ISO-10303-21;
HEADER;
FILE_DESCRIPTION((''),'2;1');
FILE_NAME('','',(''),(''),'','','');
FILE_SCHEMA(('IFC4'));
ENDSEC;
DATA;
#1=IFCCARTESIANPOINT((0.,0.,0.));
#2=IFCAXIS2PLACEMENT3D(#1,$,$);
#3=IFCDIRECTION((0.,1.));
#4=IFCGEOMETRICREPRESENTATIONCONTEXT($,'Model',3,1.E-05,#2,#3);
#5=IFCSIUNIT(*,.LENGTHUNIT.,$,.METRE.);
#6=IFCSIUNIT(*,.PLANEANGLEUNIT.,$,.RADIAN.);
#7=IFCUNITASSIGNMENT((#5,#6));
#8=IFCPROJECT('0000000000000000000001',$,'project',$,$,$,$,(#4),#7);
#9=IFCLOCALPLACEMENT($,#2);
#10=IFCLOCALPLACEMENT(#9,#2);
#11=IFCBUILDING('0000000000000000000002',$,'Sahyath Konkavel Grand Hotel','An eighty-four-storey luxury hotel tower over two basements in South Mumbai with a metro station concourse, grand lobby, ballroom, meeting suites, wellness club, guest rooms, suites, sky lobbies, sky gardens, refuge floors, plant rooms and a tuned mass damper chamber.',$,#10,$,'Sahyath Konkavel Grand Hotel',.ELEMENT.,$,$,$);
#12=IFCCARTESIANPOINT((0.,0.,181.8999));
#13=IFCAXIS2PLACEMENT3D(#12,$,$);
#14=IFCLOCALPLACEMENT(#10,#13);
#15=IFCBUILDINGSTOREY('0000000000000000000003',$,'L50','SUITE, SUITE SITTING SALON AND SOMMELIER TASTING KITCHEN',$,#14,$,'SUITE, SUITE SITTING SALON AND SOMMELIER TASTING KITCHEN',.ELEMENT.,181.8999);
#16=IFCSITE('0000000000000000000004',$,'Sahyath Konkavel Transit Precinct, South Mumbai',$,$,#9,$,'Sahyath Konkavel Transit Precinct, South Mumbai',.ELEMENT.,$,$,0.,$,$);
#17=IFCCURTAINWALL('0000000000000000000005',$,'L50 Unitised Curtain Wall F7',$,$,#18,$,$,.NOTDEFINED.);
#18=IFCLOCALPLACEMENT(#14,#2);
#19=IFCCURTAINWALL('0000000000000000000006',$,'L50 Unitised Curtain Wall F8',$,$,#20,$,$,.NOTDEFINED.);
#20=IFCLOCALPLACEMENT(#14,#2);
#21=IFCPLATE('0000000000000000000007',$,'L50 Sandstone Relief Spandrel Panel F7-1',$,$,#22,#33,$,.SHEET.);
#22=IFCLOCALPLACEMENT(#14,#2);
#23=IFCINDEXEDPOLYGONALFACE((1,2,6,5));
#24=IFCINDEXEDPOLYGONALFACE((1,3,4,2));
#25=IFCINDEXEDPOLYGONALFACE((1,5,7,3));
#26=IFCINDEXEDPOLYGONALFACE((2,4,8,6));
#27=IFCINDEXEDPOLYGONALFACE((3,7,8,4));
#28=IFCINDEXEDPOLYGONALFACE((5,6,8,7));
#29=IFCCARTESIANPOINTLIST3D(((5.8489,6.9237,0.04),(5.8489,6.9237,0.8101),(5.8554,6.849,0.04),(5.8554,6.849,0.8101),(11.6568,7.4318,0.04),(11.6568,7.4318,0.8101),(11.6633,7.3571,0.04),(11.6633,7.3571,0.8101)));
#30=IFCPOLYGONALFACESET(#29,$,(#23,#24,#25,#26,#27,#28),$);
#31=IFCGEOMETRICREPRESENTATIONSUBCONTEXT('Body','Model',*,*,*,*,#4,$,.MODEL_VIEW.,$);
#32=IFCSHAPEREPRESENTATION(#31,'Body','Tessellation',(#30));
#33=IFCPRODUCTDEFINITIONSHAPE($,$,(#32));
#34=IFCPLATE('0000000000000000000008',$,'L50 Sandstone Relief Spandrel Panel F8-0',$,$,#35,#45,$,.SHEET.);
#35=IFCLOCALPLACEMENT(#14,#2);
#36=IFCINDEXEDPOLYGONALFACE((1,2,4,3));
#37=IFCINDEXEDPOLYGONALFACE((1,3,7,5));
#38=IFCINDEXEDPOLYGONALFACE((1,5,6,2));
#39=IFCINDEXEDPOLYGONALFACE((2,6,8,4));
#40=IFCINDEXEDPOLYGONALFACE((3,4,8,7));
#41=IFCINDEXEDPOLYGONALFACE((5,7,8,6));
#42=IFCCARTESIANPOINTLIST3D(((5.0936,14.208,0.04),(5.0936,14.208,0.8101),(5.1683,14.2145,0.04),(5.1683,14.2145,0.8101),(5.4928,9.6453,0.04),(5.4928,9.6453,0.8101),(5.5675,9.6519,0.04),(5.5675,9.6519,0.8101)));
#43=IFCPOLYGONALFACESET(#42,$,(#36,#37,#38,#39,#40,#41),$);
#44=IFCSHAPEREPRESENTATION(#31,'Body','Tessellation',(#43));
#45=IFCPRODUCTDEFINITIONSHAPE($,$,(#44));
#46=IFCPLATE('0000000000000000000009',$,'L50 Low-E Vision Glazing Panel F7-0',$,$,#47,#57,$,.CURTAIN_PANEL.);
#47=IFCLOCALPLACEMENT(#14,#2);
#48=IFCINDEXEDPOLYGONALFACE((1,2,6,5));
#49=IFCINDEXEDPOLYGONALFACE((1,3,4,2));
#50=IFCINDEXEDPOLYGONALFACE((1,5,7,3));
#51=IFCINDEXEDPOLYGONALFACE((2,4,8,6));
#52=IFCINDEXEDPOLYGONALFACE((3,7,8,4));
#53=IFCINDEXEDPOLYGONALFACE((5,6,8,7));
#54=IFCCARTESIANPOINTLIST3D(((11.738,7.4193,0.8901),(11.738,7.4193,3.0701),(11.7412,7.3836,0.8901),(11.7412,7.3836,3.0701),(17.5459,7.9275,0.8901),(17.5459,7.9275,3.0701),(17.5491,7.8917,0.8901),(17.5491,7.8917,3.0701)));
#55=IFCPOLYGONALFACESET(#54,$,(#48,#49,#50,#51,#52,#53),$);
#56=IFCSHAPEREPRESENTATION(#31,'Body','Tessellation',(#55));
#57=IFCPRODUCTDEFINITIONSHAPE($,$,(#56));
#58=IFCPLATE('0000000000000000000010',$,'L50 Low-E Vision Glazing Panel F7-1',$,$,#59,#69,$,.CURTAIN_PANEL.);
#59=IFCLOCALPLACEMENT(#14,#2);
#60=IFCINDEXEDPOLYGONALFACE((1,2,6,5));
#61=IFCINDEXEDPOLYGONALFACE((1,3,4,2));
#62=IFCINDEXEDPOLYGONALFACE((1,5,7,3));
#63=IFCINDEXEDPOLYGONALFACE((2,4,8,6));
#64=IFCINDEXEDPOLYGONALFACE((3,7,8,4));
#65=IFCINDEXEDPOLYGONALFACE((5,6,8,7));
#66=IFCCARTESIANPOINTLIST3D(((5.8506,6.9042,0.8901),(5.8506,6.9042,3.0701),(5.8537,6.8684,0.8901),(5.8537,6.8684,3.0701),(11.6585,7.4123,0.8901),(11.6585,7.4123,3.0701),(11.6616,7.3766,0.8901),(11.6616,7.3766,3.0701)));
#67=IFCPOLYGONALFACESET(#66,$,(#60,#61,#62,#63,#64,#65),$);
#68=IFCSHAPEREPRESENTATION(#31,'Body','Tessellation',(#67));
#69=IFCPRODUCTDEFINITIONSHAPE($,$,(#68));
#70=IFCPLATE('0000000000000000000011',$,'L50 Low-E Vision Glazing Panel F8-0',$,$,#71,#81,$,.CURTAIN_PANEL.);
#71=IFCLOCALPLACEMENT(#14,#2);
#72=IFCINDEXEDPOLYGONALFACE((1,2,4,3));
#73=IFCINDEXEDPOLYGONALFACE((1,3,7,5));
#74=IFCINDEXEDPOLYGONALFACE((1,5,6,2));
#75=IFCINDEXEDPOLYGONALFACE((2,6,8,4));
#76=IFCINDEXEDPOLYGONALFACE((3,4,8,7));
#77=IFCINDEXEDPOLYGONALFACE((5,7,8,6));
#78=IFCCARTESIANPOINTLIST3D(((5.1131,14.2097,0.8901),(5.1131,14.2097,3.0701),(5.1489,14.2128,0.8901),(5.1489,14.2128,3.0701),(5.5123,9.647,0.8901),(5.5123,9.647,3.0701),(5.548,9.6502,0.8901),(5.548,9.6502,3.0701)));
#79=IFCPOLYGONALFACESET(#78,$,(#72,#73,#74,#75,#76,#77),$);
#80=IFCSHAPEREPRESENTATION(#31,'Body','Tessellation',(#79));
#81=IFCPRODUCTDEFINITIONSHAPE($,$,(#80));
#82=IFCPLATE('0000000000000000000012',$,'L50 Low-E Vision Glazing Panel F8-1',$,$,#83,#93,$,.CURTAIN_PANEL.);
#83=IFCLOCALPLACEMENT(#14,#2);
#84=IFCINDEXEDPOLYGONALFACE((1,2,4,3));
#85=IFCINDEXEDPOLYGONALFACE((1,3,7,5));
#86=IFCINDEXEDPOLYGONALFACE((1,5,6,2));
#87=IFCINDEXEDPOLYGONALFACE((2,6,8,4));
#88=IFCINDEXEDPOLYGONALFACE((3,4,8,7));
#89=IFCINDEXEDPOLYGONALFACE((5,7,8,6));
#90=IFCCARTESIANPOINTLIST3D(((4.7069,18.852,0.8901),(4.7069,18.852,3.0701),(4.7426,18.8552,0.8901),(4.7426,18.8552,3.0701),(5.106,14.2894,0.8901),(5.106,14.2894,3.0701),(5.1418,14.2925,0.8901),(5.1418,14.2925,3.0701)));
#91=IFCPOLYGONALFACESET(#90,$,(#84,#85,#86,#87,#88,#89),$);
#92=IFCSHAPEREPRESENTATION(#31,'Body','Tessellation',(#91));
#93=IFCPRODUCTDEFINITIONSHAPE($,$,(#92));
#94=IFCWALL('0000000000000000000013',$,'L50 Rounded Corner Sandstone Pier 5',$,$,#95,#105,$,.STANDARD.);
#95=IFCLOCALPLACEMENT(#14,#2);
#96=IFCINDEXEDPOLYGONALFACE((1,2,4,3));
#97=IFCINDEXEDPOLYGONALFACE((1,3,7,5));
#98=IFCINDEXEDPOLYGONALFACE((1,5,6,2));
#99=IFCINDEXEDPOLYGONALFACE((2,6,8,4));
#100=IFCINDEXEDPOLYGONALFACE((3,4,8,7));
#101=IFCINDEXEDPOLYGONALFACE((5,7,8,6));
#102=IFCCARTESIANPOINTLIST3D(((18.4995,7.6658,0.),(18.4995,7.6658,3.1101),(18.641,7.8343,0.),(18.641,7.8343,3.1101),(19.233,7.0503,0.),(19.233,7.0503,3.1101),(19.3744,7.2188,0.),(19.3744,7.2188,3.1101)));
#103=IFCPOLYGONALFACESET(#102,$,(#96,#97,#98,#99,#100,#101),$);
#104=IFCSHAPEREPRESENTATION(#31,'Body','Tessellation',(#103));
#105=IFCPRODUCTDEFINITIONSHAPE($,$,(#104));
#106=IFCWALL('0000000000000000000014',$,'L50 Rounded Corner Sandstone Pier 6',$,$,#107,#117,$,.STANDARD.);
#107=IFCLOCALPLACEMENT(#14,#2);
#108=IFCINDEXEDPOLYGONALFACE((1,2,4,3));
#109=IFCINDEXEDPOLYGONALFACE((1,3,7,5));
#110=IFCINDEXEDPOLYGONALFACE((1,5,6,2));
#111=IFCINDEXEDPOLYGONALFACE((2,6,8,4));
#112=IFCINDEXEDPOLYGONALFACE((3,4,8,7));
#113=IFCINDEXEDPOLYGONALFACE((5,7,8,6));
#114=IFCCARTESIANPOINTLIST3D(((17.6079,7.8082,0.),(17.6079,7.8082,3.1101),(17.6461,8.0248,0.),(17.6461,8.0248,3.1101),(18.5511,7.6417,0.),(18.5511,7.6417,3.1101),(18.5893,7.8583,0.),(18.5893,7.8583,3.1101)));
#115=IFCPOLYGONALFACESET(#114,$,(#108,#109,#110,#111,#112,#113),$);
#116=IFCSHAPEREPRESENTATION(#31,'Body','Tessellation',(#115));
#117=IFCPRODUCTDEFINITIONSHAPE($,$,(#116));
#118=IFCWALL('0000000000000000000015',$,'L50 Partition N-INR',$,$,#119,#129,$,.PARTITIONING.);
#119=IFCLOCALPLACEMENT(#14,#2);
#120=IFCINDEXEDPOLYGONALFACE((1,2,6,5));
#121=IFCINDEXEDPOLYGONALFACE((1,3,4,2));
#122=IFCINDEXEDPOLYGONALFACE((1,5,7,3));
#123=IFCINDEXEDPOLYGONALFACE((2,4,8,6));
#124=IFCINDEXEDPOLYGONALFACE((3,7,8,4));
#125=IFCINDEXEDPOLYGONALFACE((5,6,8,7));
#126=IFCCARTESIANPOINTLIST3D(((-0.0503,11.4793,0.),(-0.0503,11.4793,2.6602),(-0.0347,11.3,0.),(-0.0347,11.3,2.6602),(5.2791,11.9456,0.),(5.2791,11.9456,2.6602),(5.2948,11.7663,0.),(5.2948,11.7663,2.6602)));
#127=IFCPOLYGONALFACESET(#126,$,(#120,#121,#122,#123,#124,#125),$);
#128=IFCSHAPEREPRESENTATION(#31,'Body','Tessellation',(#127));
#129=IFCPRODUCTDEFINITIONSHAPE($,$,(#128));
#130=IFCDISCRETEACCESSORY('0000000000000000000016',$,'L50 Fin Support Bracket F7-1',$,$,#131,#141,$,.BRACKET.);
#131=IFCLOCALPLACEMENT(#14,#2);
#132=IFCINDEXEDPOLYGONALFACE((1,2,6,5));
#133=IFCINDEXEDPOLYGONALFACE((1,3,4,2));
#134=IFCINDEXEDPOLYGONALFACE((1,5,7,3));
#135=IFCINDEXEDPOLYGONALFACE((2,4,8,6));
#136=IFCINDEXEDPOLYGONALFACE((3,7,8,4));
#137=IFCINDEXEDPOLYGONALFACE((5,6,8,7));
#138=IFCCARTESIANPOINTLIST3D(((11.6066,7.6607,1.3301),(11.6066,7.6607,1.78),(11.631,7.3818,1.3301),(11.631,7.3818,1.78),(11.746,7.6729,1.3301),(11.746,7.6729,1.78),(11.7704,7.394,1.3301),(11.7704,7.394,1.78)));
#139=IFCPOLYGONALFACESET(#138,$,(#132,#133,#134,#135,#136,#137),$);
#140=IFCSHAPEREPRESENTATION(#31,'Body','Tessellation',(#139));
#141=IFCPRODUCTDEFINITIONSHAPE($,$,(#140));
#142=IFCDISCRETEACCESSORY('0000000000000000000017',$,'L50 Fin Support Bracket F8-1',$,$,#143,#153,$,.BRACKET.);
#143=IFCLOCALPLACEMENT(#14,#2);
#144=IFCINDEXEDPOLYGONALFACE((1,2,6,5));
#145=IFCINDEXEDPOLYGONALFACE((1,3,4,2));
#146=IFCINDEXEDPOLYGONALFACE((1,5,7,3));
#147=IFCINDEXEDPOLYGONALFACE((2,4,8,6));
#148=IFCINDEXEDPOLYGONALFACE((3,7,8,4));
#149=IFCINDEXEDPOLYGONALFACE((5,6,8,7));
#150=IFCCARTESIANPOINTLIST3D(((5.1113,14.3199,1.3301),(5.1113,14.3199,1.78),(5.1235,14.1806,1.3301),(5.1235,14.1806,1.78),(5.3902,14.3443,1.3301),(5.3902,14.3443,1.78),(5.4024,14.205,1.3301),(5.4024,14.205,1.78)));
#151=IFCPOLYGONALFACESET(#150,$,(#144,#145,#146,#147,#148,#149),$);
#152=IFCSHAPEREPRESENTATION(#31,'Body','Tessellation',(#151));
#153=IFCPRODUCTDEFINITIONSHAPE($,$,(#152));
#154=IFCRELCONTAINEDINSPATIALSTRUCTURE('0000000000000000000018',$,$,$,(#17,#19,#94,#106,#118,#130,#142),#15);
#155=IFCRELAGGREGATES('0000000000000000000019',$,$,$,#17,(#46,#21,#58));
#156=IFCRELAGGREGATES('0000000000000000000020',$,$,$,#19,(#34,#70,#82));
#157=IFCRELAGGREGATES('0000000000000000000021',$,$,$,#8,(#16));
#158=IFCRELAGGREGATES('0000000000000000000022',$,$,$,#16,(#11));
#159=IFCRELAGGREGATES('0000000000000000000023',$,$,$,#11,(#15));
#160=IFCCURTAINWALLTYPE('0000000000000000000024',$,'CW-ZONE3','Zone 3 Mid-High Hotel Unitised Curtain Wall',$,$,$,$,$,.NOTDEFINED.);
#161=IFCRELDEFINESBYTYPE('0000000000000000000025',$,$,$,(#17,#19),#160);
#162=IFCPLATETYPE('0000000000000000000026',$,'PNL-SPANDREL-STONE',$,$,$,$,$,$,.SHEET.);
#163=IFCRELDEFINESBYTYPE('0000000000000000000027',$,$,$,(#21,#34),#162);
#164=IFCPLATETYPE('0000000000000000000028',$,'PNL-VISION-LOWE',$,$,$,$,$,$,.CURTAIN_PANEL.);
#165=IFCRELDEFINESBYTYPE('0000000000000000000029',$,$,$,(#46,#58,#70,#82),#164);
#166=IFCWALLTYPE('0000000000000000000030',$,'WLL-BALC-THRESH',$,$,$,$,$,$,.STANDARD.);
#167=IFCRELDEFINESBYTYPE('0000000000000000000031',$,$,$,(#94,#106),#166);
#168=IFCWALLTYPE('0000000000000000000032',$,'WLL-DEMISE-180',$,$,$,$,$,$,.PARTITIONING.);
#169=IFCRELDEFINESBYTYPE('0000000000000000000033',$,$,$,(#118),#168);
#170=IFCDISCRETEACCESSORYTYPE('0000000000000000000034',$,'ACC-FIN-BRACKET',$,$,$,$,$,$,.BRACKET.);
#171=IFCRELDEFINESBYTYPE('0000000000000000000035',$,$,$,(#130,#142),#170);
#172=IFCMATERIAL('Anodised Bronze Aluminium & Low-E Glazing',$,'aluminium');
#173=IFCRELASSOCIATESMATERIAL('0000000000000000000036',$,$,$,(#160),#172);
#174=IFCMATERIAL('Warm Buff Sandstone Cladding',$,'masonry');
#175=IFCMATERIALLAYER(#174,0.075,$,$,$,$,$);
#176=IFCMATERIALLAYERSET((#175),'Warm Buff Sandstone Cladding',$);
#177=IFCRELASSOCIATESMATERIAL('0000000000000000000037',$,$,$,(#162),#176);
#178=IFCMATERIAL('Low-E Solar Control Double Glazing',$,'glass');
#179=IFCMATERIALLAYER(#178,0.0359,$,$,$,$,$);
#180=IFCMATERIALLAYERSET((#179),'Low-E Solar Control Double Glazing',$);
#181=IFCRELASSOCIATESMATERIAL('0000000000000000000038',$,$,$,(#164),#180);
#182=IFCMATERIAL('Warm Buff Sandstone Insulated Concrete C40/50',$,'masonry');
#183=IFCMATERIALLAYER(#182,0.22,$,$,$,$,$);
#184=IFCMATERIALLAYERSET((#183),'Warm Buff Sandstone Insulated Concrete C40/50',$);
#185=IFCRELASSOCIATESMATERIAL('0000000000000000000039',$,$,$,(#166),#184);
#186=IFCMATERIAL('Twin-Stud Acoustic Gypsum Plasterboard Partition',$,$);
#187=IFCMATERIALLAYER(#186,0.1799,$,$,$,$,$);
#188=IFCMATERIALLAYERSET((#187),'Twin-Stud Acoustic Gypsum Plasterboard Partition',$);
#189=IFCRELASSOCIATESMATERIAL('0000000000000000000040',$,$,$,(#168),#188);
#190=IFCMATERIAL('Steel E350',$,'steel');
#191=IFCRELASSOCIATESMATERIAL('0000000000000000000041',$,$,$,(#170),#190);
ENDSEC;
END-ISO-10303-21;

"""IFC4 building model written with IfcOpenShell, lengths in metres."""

from ifc_helpers import new_model, si_unit, direction, frame, frame_2d, origin, origin_2d, place, context, subcontext, project, spatial, rectangle, extrude, source, transform, mapped, material, layer, layer_set, type_object, element, aggregate, save


model = new_model("IFC4")

# Units and contexts
model_context = context("Model", 3, precision=1e-05, world=origin(), true_north=direction((0.0, 1.0)))
body_context = subcontext(model_context, "Body", "Model", "MODEL_VIEW")
ifc_project = project(units=[si_unit("LENGTHUNIT", "METRE"), si_unit("PLANEANGLEUNIT", "RADIAN")], contexts=[model_context])

# Site, building, storey
site_placement = place(None, origin())
site = spatial("IfcSite", under=ifc_project, at=site_placement, Name="Sahyath Konkavel Transit Precinct, South Mumbai", LongName="Sahyath Konkavel Transit Precinct, South Mumbai", CompositionType="ELEMENT", RefElevation=0.0)
building_placement = place(site_placement, origin())
building = spatial("IfcBuilding", under=site, at=building_placement, Name="Sahyath Konkavel Grand Hotel", Description="An eighty-four-storey luxury hotel tower over two basements in South Mumbai with a metro station concourse, grand lobby, ballroom, meeting suites, wellness club, guest rooms, suites, sky lobbies, sky gardens, refuge floors, plant rooms and a tuned mass damper chamber.", LongName="Sahyath Konkavel Grand Hotel", CompositionType="ELEMENT")
storey_placement = place(building_placement, frame((0.0, 0.0, 181.8999)))
storey = spatial("IfcBuildingStorey", under=building, at=storey_placement, Name="L50", Description="SUITE, SUITE SITTING SALON AND SOMMELIER TASTING KITCHEN", LongName="SUITE, SUITE SITTING SALON AND SOMMELIER TASTING KITCHEN", CompositionType="ELEMENT", Elevation=181.8999)

# Curtain walls
ifc_material_1 = material(Name="Anodised Bronze Aluminium & Low-E Glazing", Category="aluminium")
curtain_wall_type = type_object("IfcCurtainWallType", Name="CW-ZONE3", Description="Zone 3 Mid-High Hotel Unitised Curtain Wall", PredefinedType="NOTDEFINED", material=ifc_material_1)
curtain_wall_1_placement = place(storey_placement, origin())
curtain_wall_1 = element("IfcCurtainWall", 1, at=curtain_wall_1_placement, inside=storey, type_object=curtain_wall_type, Name="L50 Unitised Curtain Wall F7", PredefinedType="NOTDEFINED")
curtain_wall_2_placement = place(storey_placement, origin())
curtain_wall_2 = element("IfcCurtainWall", 2, at=curtain_wall_2_placement, inside=storey, type_object=curtain_wall_type, Name="L50 Unitised Curtain Wall F8", PredefinedType="NOTDEFINED")

# Plates
ifc_material_2 = material(Name="Warm Buff Sandstone Cladding", Category="masonry")
ifc_layer_1 = layer(ifc_material_2, 0.075)
ifc_layer_set_1 = layer_set([ifc_layer_1], Name="Warm Buff Sandstone Cladding")
plate_type_1 = type_object("IfcPlateType", Name="PNL-SPANDREL-STONE", PredefinedType="SHEET", material=ifc_layer_set_1)
shared_shape_1 = source(origin(), body_context, "Body", "SweptSolid", [
    extrude(rectangle(XDim=5.8301, YDim=0.075, at=origin_2d()), origin(), (0.0, 0.0, 1.0), 0.77),
])
plate_1_placement = place(storey_placement, frame((8.7561, 7.1404, 0.04), z_axis=(0.0, 0.0, 1.0), x_axis=(-0.996195, -0.087156, 0.0)))
plate_1 = element("IfcPlate", 3, at=plate_1_placement, type_object=plate_type_1, Name="L50 Sandstone Relief Spandrel Panel F7-1", PredefinedType="SHEET", context=body_context, shape_type="MappedRepresentation", body=[
    mapped(shared_shape_1, transform((0.0, 0.0, 0.0), scale=1.0)),
])
shared_shape_2 = source(origin(), body_context, "Body", "SweptSolid", [
    extrude(rectangle(XDim=4.5801, YDim=0.075, at=origin_2d()), origin(), (0.0, 0.0, 1.0), 0.77),
])
plate_2_placement = place(storey_placement, frame((5.3306, 11.9299, 0.04), z_axis=(0.0, 0.0, 1.0), x_axis=(-0.087156, 0.996195, 0.0)))
plate_2 = element("IfcPlate", 4, at=plate_2_placement, type_object=plate_type_1, Name="L50 Sandstone Relief Spandrel Panel F8-0", PredefinedType="SHEET", context=body_context, shape_type="MappedRepresentation", body=[
    mapped(shared_shape_2, transform((0.0, 0.0, 0.0), scale=1.0)),
])
ifc_material_3 = material(Name="Low-E Solar Control Double Glazing", Category="glass")
ifc_layer_2 = layer(ifc_material_3, 0.0359)
ifc_layer_set_2 = layer_set([ifc_layer_2], Name="Low-E Solar Control Double Glazing")
plate_type_2 = type_object("IfcPlateType", Name="PNL-VISION-LOWE", PredefinedType="CURTAIN_PANEL", material=ifc_layer_set_2)
shared_shape_3 = source(origin(), body_context, "Body", "SweptSolid", [
    extrude(rectangle(XDim=5.8301, YDim=0.0359, at=origin_2d()), origin(), (0.0, 0.0, 1.0), 2.1799),
])
plate_3_placement = place(storey_placement, frame((14.6436, 7.6555, 0.8901), z_axis=(0.0, 0.0, 1.0), x_axis=(-0.996195, -0.087156, 0.0)))
plate_3 = element("IfcPlate", 5, at=plate_3_placement, type_object=plate_type_2, Name="L50 Low-E Vision Glazing Panel F7-0", PredefinedType="CURTAIN_PANEL", context=body_context, shape_type="MappedRepresentation", body=[
    mapped(shared_shape_3, transform((0.0, 0.0, 0.0), scale=1.0)),
])
plate_4_placement = place(storey_placement, frame((8.7561, 7.1404, 0.8901), z_axis=(0.0, 0.0, 1.0), x_axis=(-0.996195, -0.087156, 0.0)))
plate_4 = element("IfcPlate", 6, at=plate_4_placement, type_object=plate_type_2, Name="L50 Low-E Vision Glazing Panel F7-1", PredefinedType="CURTAIN_PANEL", context=body_context, shape_type="MappedRepresentation", body=[
    mapped(shared_shape_3, transform((0.0, 0.0, 0.0), scale=1.0)),
])
aggregate(curtain_wall_1, [plate_3, plate_1, plate_4])
shared_shape_4 = source(origin(), body_context, "Body", "SweptSolid", [
    extrude(rectangle(XDim=4.5801, YDim=0.0359, at=origin_2d()), origin(), (0.0, 0.0, 1.0), 2.1799),
])
plate_5_placement = place(storey_placement, frame((5.3306, 11.9299, 0.8901), z_axis=(0.0, 0.0, 1.0), x_axis=(-0.087156, 0.996195, 0.0)))
plate_5 = element("IfcPlate", 7, at=plate_5_placement, type_object=plate_type_2, Name="L50 Low-E Vision Glazing Panel F8-0", PredefinedType="CURTAIN_PANEL", context=body_context, shape_type="MappedRepresentation", body=[
    mapped(shared_shape_4, transform((0.0, 0.0, 0.0), scale=1.0)),
])
plate_6_placement = place(storey_placement, frame((4.9243, 16.5723, 0.8901), z_axis=(0.0, 0.0, 1.0), x_axis=(-0.087156, 0.996195, 0.0)))
plate_6 = element("IfcPlate", 8, at=plate_6_placement, type_object=plate_type_2, Name="L50 Low-E Vision Glazing Panel F8-1", PredefinedType="CURTAIN_PANEL", context=body_context, shape_type="MappedRepresentation", body=[
    mapped(shared_shape_4, transform((0.0, 0.0, 0.0), scale=1.0)),
])
aggregate(curtain_wall_2, [plate_2, plate_5, plate_6])

# Walls
ifc_material_4 = material(Name="Warm Buff Sandstone Insulated Concrete C40/50", Category="masonry")
ifc_layer_3 = layer(ifc_material_4, 0.22)
ifc_layer_set_3 = layer_set([ifc_layer_3], Name="Warm Buff Sandstone Insulated Concrete C40/50")
wall_type_1 = type_object("IfcWallType", Name="WLL-BALC-THRESH", PredefinedType="STANDARD", material=ifc_layer_set_3)
wall_1_placement = place(storey_placement, frame((19.3037, 7.1345, 0.0), z_axis=(0.0, 0.0, 1.0), x_axis=(-0.766001, 0.642839, 0.0)))
element("IfcWall", 9, at=wall_1_placement, inside=storey, type_object=wall_type_1, Name="L50 Rounded Corner Sandstone Pier 5", PredefinedType="STANDARD", context=body_context, shape_type="SweptSolid", body=[
    extrude(rectangle(XDim=0.9575, YDim=0.22, at=frame_2d((0.4788, 0.0))), origin(), (0.0, 0.0, 1.0), 3.1101),
])
wall_2_placement = place(storey_placement, frame((18.5703, 7.75, 0.0), z_axis=(0.0, 0.0, 1.0), x_axis=(-0.984771, 0.173858, 0.0)))
element("IfcWall", 10, at=wall_2_placement, inside=storey, type_object=wall_type_1, Name="L50 Rounded Corner Sandstone Pier 6", PredefinedType="STANDARD", context=body_context, shape_type="SweptSolid", body=[
    extrude(rectangle(XDim=0.9578, YDim=0.22, at=frame_2d((0.479, 0.0))), origin(), (0.0, 0.0, 1.0), 3.1101),
])
ifc_material_5 = material(Name="Twin-Stud Acoustic Gypsum Plasterboard Partition")
ifc_layer_4 = layer(ifc_material_5, 0.1799)
ifc_layer_set_4 = layer_set([ifc_layer_4], Name="Twin-Stud Acoustic Gypsum Plasterboard Partition")
wall_type_2 = type_object("IfcWallType", Name="WLL-DEMISE-180", PredefinedType="PARTITIONING", material=ifc_layer_set_4)
wall_3_placement = place(storey_placement, frame((5.2869, 11.856, 0.0), z_axis=(0.0, 0.0, 1.0), x_axis=(-0.996194, -0.087161, 0.0)))
element("IfcWall", 11, at=wall_3_placement, inside=storey, type_object=wall_type_2, Name="L50 Partition N-INR", PredefinedType="PARTITIONING", context=body_context, shape_type="SweptSolid", body=[
    extrude(rectangle(XDim=5.3499, YDim=0.1799, at=frame_2d((2.6748, 0.0))), origin(), (0.0, 0.0, 1.0), 2.6602),
])

# Discrete accessories
ifc_material_6 = material(Name="Steel E350", Category="steel")
discrete_accessory_type = type_object("IfcDiscreteAccessoryType", Name="ACC-FIN-BRACKET", PredefinedType="BRACKET", material=ifc_material_6)
shared_shape_5 = source(origin(), body_context, "Body", "SweptSolid", [
    extrude(rectangle(XDim=0.28, YDim=0.1399, at=origin_2d()), origin(), (0.0, 0.0, 1.0), 0.45),
])
for number, where, z_axis, x_axis, name in (
    (12, (11.6885, 7.5273, 1.3301), (0.0, 0.0, 1.0), (-0.087156, 0.996195, 0.0), "L50 Fin Support Bracket F7-1"),
    (13, (5.2568, 14.2625, 1.3301), (0.0, 0.0, 1.0), (0.996195, 0.087156, 0.0), "L50 Fin Support Bracket F8-1"),
):
    element("IfcDiscreteAccessory", number, at=place(storey_placement, frame(where, z_axis=z_axis, x_axis=x_axis)), inside=storey, type_object=discrete_accessory_type, Name=name, PredefinedType="BRACKET", context=body_context, shape_type="MappedRepresentation", body=[
        mapped(shared_shape_5, transform((0.0, 0.0, 0.0), scale=1.0)),
    ])

save(model, "model.ifc")
